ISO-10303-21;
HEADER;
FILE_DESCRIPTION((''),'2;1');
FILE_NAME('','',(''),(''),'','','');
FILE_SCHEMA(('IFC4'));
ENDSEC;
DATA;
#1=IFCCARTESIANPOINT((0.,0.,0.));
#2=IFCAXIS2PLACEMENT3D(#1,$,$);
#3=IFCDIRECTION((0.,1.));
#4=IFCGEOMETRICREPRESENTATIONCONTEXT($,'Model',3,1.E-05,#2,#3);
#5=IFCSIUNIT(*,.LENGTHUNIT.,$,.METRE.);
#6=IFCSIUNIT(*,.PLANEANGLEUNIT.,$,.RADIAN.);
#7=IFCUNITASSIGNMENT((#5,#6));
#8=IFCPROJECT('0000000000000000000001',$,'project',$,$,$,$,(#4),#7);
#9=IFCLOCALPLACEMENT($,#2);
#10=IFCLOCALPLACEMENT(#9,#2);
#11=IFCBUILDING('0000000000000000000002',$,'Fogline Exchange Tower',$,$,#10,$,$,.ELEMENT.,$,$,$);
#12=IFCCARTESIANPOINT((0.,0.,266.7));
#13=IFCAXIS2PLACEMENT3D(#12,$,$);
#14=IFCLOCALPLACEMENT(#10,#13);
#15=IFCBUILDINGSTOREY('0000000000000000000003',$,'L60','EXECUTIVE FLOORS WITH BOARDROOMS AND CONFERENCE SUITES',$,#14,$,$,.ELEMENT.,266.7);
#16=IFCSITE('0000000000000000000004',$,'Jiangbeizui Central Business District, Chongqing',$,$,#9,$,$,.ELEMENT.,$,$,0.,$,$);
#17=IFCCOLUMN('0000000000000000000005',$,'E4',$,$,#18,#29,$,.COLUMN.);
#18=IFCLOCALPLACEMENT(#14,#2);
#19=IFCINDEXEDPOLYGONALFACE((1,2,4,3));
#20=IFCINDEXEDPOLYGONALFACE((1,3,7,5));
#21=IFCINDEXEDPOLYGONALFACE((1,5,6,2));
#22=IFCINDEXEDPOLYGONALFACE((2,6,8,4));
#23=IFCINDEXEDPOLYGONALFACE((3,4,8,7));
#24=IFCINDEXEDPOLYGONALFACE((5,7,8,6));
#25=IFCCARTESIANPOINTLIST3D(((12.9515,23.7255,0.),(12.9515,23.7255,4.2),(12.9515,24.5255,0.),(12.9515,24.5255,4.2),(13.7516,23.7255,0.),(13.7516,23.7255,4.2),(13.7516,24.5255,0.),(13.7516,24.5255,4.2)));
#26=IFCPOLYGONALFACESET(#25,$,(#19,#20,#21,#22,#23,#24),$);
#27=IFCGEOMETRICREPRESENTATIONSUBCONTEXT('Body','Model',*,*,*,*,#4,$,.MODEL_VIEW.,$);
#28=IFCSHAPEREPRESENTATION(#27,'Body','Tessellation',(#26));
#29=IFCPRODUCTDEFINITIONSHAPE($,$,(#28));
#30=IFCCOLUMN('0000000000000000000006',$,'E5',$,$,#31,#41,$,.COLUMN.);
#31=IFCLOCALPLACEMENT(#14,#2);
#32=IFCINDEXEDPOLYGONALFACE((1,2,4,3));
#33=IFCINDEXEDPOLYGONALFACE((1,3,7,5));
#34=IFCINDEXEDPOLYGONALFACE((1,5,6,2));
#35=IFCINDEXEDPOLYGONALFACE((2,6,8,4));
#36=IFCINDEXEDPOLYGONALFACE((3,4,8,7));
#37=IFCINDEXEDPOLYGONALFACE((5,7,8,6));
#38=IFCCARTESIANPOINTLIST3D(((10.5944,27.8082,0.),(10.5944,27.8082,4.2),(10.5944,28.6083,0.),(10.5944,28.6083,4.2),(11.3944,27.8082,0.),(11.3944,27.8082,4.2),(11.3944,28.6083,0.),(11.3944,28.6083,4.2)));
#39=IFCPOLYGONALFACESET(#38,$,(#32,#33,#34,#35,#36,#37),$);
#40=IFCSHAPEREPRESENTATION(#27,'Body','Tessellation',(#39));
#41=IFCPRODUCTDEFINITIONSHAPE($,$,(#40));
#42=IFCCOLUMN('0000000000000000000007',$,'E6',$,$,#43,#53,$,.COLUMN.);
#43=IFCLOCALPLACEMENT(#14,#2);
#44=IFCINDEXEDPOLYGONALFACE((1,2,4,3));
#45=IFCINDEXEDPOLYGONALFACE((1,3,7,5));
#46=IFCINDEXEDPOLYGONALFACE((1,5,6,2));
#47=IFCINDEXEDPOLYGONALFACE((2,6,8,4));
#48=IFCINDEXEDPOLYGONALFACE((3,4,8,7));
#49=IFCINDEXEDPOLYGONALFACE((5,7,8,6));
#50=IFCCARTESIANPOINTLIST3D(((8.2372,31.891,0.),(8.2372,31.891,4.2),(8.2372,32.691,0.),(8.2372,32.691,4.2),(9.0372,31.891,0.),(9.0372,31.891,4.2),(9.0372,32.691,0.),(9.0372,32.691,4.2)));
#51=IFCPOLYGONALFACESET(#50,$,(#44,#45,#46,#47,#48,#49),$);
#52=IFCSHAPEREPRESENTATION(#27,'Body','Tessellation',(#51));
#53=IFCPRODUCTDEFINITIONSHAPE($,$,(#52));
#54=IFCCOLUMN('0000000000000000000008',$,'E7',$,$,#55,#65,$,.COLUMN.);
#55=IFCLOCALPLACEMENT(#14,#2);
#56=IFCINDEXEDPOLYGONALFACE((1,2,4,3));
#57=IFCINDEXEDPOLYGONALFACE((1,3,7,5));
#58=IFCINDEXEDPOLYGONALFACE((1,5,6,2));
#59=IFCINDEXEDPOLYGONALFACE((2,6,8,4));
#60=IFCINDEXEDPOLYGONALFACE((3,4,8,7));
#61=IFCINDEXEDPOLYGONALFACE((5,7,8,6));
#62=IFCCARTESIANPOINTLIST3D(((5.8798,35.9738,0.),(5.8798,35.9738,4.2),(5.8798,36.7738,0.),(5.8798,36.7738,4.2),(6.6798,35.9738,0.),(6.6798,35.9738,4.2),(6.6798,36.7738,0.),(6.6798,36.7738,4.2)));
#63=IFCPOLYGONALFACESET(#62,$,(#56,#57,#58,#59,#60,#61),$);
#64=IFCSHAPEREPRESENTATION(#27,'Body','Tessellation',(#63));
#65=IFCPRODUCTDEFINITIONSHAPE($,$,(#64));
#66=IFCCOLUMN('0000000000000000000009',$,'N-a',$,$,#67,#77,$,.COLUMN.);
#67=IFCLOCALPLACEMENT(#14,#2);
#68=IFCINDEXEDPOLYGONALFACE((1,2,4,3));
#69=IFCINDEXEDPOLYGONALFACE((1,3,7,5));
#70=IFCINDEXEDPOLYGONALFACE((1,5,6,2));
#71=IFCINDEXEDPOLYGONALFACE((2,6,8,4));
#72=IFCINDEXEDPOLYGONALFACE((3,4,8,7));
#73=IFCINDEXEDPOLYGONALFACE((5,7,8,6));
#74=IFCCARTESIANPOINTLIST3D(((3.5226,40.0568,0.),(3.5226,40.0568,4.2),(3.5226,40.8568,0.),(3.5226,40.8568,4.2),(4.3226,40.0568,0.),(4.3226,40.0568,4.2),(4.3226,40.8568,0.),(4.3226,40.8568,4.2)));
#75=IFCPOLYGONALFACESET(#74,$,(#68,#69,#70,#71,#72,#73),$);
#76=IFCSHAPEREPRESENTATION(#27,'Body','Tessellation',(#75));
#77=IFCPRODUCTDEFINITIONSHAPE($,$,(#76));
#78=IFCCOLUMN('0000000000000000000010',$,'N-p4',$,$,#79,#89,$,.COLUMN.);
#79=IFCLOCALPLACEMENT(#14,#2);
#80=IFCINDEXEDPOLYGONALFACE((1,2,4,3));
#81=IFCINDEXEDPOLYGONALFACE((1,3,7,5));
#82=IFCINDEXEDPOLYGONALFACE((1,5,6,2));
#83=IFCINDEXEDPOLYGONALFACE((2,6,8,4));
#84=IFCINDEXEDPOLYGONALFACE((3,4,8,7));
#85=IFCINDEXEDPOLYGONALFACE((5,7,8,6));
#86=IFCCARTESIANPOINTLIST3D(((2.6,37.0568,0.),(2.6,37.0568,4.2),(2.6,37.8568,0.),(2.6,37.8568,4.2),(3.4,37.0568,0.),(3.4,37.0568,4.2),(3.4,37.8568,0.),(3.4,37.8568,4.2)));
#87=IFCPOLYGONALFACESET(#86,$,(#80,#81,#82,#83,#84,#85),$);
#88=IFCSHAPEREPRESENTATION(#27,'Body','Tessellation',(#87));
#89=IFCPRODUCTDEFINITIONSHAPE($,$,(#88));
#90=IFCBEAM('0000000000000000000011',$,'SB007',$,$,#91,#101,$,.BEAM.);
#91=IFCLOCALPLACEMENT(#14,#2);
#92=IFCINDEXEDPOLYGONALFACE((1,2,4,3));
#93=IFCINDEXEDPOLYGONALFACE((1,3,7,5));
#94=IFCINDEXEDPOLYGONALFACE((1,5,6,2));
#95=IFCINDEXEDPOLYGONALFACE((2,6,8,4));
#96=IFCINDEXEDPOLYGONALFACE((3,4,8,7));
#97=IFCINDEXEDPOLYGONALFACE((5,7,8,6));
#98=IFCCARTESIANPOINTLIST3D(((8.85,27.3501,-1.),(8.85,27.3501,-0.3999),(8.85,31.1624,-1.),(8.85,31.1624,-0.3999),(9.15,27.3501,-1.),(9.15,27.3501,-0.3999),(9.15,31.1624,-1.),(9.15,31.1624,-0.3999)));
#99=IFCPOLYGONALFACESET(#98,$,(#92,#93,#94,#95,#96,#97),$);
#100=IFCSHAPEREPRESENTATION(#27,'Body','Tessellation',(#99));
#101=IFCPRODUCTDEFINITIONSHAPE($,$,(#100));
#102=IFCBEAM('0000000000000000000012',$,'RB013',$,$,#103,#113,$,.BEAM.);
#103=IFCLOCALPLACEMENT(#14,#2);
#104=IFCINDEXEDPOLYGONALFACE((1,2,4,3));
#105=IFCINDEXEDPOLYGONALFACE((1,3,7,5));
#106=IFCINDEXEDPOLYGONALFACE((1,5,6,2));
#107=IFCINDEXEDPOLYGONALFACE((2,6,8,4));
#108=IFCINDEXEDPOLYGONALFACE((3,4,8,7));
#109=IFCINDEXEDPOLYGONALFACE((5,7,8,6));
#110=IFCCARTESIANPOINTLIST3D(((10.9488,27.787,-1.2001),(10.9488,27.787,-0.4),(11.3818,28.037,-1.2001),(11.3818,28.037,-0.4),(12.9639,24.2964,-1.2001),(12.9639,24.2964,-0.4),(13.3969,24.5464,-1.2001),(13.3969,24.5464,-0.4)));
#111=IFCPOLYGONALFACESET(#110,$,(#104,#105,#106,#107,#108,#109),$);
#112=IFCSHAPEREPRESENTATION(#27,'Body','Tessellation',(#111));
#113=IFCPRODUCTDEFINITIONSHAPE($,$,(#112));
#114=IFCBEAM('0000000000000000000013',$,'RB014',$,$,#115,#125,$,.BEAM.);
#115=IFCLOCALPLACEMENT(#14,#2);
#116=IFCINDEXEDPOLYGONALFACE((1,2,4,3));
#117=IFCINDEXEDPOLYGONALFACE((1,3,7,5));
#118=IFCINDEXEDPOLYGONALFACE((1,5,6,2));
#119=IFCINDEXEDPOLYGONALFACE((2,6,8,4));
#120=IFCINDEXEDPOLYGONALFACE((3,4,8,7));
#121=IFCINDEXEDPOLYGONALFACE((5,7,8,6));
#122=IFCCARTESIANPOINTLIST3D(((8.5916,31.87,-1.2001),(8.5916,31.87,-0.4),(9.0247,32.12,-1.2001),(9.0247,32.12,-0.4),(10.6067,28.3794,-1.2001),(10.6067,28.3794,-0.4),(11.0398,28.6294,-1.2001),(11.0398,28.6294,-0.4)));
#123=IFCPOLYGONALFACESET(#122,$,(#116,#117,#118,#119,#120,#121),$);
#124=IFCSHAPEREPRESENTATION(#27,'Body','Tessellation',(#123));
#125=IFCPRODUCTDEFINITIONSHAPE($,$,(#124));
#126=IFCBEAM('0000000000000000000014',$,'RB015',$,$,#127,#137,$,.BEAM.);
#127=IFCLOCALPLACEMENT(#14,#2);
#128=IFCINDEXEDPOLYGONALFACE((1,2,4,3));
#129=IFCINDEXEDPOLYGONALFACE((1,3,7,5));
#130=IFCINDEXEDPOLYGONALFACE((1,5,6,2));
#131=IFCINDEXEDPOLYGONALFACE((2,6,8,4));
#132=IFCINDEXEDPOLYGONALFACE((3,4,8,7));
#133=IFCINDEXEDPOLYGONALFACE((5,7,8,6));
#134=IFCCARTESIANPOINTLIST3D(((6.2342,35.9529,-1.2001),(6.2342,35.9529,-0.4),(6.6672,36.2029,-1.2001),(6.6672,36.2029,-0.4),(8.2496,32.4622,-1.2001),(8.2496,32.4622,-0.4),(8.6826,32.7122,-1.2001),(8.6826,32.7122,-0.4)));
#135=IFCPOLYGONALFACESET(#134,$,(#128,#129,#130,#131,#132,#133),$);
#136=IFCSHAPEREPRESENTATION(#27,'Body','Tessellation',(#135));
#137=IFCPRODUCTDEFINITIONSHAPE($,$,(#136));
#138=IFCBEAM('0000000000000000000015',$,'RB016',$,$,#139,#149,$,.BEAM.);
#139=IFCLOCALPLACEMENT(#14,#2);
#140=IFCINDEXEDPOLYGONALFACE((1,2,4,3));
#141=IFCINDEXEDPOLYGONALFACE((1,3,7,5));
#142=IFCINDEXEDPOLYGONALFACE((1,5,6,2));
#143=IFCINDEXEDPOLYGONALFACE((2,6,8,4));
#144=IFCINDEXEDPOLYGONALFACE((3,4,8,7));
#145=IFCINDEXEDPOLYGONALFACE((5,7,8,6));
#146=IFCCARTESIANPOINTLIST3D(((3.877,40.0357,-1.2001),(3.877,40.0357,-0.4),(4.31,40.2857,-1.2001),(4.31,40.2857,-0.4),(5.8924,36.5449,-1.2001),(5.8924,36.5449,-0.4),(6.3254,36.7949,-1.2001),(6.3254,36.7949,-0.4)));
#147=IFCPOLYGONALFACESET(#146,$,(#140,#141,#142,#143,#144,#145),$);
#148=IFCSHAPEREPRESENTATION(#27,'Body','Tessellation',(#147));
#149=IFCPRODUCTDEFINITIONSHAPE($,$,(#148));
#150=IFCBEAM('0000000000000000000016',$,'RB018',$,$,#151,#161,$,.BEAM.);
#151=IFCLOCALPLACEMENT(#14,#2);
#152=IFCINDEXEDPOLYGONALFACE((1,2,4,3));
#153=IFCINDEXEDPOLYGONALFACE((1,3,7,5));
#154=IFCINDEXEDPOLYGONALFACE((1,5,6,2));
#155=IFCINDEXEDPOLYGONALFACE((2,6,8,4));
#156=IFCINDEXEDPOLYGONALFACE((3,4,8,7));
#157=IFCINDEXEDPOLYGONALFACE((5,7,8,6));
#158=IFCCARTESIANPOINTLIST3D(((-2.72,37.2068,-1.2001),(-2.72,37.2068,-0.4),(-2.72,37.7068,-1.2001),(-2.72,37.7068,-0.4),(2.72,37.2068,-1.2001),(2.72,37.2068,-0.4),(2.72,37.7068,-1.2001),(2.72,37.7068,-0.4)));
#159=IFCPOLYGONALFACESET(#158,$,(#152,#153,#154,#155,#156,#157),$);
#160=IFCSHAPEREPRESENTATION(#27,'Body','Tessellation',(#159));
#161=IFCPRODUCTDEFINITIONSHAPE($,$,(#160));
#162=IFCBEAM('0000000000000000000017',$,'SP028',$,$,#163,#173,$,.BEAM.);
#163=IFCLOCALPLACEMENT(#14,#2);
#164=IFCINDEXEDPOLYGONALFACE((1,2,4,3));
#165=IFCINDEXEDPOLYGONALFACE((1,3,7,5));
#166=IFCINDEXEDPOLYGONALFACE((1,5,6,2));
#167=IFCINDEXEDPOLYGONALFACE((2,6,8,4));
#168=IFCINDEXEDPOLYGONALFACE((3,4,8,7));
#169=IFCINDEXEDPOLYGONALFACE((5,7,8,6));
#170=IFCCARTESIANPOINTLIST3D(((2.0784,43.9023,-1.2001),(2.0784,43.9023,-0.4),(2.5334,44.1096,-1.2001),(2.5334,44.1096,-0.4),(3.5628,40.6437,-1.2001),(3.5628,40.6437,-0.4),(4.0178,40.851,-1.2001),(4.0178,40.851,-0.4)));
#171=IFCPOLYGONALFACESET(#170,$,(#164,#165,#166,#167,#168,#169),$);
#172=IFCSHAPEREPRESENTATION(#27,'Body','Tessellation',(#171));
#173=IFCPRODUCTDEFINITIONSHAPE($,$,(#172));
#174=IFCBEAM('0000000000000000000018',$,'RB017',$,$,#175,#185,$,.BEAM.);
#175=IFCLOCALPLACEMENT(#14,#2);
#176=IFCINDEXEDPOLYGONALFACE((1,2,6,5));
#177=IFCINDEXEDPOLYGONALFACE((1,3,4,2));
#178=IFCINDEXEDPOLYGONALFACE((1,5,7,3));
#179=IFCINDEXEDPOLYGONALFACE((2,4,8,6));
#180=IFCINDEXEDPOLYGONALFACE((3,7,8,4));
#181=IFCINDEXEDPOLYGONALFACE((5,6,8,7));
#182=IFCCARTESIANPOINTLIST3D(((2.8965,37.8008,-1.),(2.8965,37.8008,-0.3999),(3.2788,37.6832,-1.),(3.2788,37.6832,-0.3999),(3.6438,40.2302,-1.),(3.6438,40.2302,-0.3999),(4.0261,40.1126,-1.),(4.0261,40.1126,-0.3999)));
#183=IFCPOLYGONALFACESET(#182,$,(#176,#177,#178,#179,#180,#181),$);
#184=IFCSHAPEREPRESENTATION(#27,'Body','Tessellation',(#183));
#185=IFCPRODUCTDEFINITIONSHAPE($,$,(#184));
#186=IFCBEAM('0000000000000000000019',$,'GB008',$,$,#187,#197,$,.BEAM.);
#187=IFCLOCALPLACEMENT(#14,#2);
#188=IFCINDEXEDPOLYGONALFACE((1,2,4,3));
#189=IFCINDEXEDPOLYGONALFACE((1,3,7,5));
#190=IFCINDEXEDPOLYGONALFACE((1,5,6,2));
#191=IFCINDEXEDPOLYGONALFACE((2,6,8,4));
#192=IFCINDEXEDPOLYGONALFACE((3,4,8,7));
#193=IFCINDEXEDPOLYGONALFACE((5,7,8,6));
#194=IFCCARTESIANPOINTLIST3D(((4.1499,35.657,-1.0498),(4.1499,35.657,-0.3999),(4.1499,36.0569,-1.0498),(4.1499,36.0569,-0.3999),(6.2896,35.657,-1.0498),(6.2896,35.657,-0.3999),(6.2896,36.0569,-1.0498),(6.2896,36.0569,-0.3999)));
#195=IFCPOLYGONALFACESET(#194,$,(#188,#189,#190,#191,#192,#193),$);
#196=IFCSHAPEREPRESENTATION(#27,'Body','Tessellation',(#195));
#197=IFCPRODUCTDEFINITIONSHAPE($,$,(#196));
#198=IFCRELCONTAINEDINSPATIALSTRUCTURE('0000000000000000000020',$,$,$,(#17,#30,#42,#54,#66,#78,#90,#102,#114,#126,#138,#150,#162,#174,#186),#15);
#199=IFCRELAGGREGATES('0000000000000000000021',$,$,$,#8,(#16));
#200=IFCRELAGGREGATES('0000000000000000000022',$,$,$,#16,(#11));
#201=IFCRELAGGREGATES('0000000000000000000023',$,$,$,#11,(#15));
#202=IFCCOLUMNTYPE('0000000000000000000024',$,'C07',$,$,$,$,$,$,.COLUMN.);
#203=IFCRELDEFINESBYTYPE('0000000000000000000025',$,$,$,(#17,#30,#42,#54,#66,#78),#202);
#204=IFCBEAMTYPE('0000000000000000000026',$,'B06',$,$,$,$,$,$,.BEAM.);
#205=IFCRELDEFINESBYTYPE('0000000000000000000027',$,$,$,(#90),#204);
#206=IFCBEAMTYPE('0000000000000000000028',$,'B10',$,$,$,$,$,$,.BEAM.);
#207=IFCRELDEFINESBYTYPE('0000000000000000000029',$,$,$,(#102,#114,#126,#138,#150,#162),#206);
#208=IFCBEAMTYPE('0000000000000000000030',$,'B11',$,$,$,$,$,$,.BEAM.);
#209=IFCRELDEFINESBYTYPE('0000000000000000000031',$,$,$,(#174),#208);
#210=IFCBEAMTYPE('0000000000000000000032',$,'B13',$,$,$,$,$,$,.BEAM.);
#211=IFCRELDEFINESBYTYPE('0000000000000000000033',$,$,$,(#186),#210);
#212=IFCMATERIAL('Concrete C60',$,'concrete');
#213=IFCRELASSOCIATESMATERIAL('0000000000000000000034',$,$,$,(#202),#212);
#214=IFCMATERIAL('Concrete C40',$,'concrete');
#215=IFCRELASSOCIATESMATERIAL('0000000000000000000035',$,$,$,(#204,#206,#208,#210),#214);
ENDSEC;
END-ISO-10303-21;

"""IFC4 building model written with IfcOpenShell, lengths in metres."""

from ifc_helpers import new_model, si_unit, direction, frame, origin, origin_2d, place, context, subcontext, project, spatial, rectangle, extrude, material, material_profile, profile_set, type_object, element, save


model = new_model("IFC4")

# Units and contexts
model_context = context("Model", 3, precision=1e-05, world=origin(), true_north=direction((0.0, 1.0)))
body_context = subcontext(model_context, "Body", "Model", "MODEL_VIEW")
ifc_project = project(units=[si_unit("LENGTHUNIT", "METRE"), si_unit("PLANEANGLEUNIT", "RADIAN")], contexts=[model_context])

# Site, building, storey
site_placement = place(None, origin())
site = spatial("IfcSite", under=ifc_project, at=site_placement, Name="Jiangbeizui Central Business District, Chongqing", CompositionType="ELEMENT", RefElevation=0.0)
building_placement = place(site_placement, origin())
building = spatial("IfcBuilding", under=site, at=building_placement, Name="Fogline Exchange Tower", CompositionType="ELEMENT")
storey_placement = place(building_placement, frame((0.0, 0.0, 266.7)))
storey = spatial("IfcBuildingStorey", under=building, at=storey_placement, Name="L60", Description="EXECUTIVE FLOORS WITH BOARDROOMS AND CONFERENCE SUITES", CompositionType="ELEMENT", Elevation=266.7)

# Columns
ifc_material_1 = material(Name="Concrete C60", Category="concrete")
ifc_material_profile_1 = material_profile(ifc_material_1, rectangle(XDim=0.8, YDim=0.8, at=origin_2d()), Name="RC 800x800")
ifc_profile_set_1 = profile_set([ifc_material_profile_1], Name="Concrete C60")
column_type = type_object("IfcColumnType", Name="C07", PredefinedType="COLUMN", material=ifc_profile_set_1)
for number, where, z_axis, x_axis, name in (
    (1, (13.3516, 24.1255, 0.0), (0.0, 0.0, 1.0), (1.0, 0.0, 0.0), "E4"),
    (2, (10.9944, 28.2083, 0.0), (0.0, 0.0, 1.0), (1.0, 0.0, 0.0), "E5"),
    (3, (8.6372, 32.291, 0.0), (0.0, 0.0, 1.0), (1.0, 0.0, 0.0), "E6"),
    (4, (6.2798, 36.3738, 0.0), (0.0, 0.0, 1.0), (1.0, 0.0, 0.0), "E7"),
    (5, (3.9226, 40.4568, 0.0), (0.0, 0.0, 1.0), (1.0, 0.0, 0.0), "N-a"),
    (6, (3.0, 37.4568, 0.0), (0.0, 0.0, 1.0), (1.0, 0.0, 0.0), "N-p4"),
):
    element("IfcColumn", number, at=place(storey_placement, frame(where, z_axis=z_axis, x_axis=x_axis)), inside=storey, type_object=column_type, Name=name, PredefinedType="COLUMN", context=body_context, shape_type="SweptSolid", body=[
        extrude(rectangle(XDim=0.8, YDim=0.8, at=origin_2d()), origin(), (0.0, 0.0, 1.0), 4.2),
    ])

# Beams
ifc_material_2 = material(Name="Concrete C40", Category="concrete")
ifc_material_profile_2 = material_profile(ifc_material_2, rectangle(XDim=0.3, YDim=0.6001, at=origin_2d()), Name="RC 300x600")
ifc_profile_set_2 = profile_set([ifc_material_profile_2], Name="Concrete C40")
beam_type_1 = type_object("IfcBeamType", Name="B06", PredefinedType="BEAM", material=ifc_profile_set_2)
beam_1_placement = place(storey_placement, frame((9.0, 27.3501, -0.7), z_axis=(0.0, 1.0, 0.0), x_axis=(-1.0, 0.0, 0.0)))
element("IfcBeam", 7, at=beam_1_placement, inside=storey, type_object=beam_type_1, Name="SB007", PredefinedType="BEAM", context=body_context, shape_type="SweptSolid", body=[
    extrude(rectangle(XDim=0.3, YDim=0.6001, at=origin_2d()), origin(), (0.0, 0.0, 1.0), 3.8123),
])
ifc_material_profile_3 = material_profile(ifc_material_2, rectangle(XDim=0.5, YDim=0.8, at=origin_2d()), Name="RC 500x800")
ifc_profile_set_3 = profile_set([ifc_material_profile_3], Name="Concrete C40")
beam_type_2 = type_object("IfcBeamType", Name="B10", PredefinedType="BEAM", material=ifc_profile_set_3)
for number, where, z_axis, x_axis, name in (
    (8, (13.1804, 24.4214, -0.8), (-0.499957, 0.86605, 0.0), (-0.86605, -0.499957, 0.0), "RB013"),
    (9, (10.8232, 28.5044, -0.8), (-0.499957, 0.86605, 0.0), (-0.86605, -0.499957, 0.0), "RB014"),
):
    element("IfcBeam", number, at=place(storey_placement, frame(where, z_axis=z_axis, x_axis=x_axis)), inside=storey, type_object=beam_type_2, Name=name, PredefinedType="BEAM", context=body_context, shape_type="SweptSolid", body=[
        extrude(rectangle(XDim=0.5, YDim=0.8, at=origin_2d()), origin(), (0.0, 0.0, 1.0), 4.0305),
    ])
for number, where, z_axis, x_axis, name in (
    (10, (8.4661, 32.5872, -0.8), (-0.500002, 0.866024, 0.0), (-0.866024, -0.500002, 0.0), "RB015"),
    (11, (6.1089, 36.6699, -0.8), (-0.500002, 0.866024, 0.0), (-0.866024, -0.500002, 0.0), "RB016"),
):
    element("IfcBeam", number, at=place(storey_placement, frame(where, z_axis=z_axis, x_axis=x_axis)), inside=storey, type_object=beam_type_2, Name=name, PredefinedType="BEAM", context=body_context, shape_type="SweptSolid", body=[
        extrude(rectangle(XDim=0.5, YDim=0.8, at=origin_2d()), origin(), (0.0, 0.0, 1.0), 4.0308),
    ])
beam_2_placement = place(storey_placement, frame((2.72, 37.4568, -0.8), z_axis=(-1.0, 0.0, 0.0), x_axis=(0.0, -1.0, 0.0)))
element("IfcBeam", 12, at=beam_2_placement, inside=storey, type_object=beam_type_2, Name="RB018", PredefinedType="BEAM", context=body_context, shape_type="SweptSolid", body=[
    extrude(rectangle(XDim=0.5, YDim=0.8, at=origin_2d()), origin(), (0.0, 0.0, 1.0), 5.4399),
])
beam_3_placement = place(storey_placement, frame((3.7903, 40.7473, -0.8), z_axis=(-0.414548, 0.910028, 0.0), x_axis=(-0.910028, -0.414548, 0.0)))
element("IfcBeam", 13, at=beam_3_placement, inside=storey, type_object=beam_type_2, Name="SP028", PredefinedType="BEAM", context=body_context, shape_type="SweptSolid", body=[
    extrude(rectangle(XDim=0.5, YDim=0.8, at=origin_2d()), origin(), (0.0, 0.0, 1.0), 3.5808),
])
ifc_material_profile_4 = material_profile(ifc_material_2, rectangle(XDim=0.3999, YDim=0.6001, at=origin_2d()), Name="RC 400x600")
ifc_profile_set_4 = profile_set([ifc_material_profile_4], Name="Concrete C40")
beam_type_3 = type_object("IfcBeamType", Name="B11", PredefinedType="BEAM", material=ifc_profile_set_4)
beam_4_placement = place(storey_placement, frame((3.835, 40.1714, -0.7), z_axis=(-0.294012, -0.955802, 0.0), x_axis=(0.955802, -0.294012, 0.0)))
element("IfcBeam", 14, at=beam_4_placement, inside=storey, type_object=beam_type_3, Name="RB017", PredefinedType="BEAM", context=body_context, shape_type="SweptSolid", body=[
    extrude(rectangle(XDim=0.3999, YDim=0.6001, at=origin_2d()), origin(), (0.0, 0.0, 1.0), 2.5417),
])
ifc_material_profile_5 = material_profile(ifc_material_2, rectangle(XDim=0.3999, YDim=0.6499, at=origin_2d()), Name="RC 400x650")
ifc_profile_set_5 = profile_set([ifc_material_profile_5], Name="Concrete C40")
beam_type_4 = type_object("IfcBeamType", Name="B13", PredefinedType="BEAM", material=ifc_profile_set_5)
beam_5_placement = place(storey_placement, frame((4.1499, 35.8569, -0.7249), z_axis=(1.0, 0.0, 0.0), x_axis=(0.0, 1.0, 0.0)))
element("IfcBeam", 15, at=beam_5_placement, inside=storey, type_object=beam_type_4, Name="GB008", PredefinedType="BEAM", context=body_context, shape_type="SweptSolid", body=[
    extrude(rectangle(XDim=0.3999, YDim=0.6499, at=origin_2d()), origin(), (0.0, 0.0, 1.0), 2.1396),
])

save(model, "model.ifc")
